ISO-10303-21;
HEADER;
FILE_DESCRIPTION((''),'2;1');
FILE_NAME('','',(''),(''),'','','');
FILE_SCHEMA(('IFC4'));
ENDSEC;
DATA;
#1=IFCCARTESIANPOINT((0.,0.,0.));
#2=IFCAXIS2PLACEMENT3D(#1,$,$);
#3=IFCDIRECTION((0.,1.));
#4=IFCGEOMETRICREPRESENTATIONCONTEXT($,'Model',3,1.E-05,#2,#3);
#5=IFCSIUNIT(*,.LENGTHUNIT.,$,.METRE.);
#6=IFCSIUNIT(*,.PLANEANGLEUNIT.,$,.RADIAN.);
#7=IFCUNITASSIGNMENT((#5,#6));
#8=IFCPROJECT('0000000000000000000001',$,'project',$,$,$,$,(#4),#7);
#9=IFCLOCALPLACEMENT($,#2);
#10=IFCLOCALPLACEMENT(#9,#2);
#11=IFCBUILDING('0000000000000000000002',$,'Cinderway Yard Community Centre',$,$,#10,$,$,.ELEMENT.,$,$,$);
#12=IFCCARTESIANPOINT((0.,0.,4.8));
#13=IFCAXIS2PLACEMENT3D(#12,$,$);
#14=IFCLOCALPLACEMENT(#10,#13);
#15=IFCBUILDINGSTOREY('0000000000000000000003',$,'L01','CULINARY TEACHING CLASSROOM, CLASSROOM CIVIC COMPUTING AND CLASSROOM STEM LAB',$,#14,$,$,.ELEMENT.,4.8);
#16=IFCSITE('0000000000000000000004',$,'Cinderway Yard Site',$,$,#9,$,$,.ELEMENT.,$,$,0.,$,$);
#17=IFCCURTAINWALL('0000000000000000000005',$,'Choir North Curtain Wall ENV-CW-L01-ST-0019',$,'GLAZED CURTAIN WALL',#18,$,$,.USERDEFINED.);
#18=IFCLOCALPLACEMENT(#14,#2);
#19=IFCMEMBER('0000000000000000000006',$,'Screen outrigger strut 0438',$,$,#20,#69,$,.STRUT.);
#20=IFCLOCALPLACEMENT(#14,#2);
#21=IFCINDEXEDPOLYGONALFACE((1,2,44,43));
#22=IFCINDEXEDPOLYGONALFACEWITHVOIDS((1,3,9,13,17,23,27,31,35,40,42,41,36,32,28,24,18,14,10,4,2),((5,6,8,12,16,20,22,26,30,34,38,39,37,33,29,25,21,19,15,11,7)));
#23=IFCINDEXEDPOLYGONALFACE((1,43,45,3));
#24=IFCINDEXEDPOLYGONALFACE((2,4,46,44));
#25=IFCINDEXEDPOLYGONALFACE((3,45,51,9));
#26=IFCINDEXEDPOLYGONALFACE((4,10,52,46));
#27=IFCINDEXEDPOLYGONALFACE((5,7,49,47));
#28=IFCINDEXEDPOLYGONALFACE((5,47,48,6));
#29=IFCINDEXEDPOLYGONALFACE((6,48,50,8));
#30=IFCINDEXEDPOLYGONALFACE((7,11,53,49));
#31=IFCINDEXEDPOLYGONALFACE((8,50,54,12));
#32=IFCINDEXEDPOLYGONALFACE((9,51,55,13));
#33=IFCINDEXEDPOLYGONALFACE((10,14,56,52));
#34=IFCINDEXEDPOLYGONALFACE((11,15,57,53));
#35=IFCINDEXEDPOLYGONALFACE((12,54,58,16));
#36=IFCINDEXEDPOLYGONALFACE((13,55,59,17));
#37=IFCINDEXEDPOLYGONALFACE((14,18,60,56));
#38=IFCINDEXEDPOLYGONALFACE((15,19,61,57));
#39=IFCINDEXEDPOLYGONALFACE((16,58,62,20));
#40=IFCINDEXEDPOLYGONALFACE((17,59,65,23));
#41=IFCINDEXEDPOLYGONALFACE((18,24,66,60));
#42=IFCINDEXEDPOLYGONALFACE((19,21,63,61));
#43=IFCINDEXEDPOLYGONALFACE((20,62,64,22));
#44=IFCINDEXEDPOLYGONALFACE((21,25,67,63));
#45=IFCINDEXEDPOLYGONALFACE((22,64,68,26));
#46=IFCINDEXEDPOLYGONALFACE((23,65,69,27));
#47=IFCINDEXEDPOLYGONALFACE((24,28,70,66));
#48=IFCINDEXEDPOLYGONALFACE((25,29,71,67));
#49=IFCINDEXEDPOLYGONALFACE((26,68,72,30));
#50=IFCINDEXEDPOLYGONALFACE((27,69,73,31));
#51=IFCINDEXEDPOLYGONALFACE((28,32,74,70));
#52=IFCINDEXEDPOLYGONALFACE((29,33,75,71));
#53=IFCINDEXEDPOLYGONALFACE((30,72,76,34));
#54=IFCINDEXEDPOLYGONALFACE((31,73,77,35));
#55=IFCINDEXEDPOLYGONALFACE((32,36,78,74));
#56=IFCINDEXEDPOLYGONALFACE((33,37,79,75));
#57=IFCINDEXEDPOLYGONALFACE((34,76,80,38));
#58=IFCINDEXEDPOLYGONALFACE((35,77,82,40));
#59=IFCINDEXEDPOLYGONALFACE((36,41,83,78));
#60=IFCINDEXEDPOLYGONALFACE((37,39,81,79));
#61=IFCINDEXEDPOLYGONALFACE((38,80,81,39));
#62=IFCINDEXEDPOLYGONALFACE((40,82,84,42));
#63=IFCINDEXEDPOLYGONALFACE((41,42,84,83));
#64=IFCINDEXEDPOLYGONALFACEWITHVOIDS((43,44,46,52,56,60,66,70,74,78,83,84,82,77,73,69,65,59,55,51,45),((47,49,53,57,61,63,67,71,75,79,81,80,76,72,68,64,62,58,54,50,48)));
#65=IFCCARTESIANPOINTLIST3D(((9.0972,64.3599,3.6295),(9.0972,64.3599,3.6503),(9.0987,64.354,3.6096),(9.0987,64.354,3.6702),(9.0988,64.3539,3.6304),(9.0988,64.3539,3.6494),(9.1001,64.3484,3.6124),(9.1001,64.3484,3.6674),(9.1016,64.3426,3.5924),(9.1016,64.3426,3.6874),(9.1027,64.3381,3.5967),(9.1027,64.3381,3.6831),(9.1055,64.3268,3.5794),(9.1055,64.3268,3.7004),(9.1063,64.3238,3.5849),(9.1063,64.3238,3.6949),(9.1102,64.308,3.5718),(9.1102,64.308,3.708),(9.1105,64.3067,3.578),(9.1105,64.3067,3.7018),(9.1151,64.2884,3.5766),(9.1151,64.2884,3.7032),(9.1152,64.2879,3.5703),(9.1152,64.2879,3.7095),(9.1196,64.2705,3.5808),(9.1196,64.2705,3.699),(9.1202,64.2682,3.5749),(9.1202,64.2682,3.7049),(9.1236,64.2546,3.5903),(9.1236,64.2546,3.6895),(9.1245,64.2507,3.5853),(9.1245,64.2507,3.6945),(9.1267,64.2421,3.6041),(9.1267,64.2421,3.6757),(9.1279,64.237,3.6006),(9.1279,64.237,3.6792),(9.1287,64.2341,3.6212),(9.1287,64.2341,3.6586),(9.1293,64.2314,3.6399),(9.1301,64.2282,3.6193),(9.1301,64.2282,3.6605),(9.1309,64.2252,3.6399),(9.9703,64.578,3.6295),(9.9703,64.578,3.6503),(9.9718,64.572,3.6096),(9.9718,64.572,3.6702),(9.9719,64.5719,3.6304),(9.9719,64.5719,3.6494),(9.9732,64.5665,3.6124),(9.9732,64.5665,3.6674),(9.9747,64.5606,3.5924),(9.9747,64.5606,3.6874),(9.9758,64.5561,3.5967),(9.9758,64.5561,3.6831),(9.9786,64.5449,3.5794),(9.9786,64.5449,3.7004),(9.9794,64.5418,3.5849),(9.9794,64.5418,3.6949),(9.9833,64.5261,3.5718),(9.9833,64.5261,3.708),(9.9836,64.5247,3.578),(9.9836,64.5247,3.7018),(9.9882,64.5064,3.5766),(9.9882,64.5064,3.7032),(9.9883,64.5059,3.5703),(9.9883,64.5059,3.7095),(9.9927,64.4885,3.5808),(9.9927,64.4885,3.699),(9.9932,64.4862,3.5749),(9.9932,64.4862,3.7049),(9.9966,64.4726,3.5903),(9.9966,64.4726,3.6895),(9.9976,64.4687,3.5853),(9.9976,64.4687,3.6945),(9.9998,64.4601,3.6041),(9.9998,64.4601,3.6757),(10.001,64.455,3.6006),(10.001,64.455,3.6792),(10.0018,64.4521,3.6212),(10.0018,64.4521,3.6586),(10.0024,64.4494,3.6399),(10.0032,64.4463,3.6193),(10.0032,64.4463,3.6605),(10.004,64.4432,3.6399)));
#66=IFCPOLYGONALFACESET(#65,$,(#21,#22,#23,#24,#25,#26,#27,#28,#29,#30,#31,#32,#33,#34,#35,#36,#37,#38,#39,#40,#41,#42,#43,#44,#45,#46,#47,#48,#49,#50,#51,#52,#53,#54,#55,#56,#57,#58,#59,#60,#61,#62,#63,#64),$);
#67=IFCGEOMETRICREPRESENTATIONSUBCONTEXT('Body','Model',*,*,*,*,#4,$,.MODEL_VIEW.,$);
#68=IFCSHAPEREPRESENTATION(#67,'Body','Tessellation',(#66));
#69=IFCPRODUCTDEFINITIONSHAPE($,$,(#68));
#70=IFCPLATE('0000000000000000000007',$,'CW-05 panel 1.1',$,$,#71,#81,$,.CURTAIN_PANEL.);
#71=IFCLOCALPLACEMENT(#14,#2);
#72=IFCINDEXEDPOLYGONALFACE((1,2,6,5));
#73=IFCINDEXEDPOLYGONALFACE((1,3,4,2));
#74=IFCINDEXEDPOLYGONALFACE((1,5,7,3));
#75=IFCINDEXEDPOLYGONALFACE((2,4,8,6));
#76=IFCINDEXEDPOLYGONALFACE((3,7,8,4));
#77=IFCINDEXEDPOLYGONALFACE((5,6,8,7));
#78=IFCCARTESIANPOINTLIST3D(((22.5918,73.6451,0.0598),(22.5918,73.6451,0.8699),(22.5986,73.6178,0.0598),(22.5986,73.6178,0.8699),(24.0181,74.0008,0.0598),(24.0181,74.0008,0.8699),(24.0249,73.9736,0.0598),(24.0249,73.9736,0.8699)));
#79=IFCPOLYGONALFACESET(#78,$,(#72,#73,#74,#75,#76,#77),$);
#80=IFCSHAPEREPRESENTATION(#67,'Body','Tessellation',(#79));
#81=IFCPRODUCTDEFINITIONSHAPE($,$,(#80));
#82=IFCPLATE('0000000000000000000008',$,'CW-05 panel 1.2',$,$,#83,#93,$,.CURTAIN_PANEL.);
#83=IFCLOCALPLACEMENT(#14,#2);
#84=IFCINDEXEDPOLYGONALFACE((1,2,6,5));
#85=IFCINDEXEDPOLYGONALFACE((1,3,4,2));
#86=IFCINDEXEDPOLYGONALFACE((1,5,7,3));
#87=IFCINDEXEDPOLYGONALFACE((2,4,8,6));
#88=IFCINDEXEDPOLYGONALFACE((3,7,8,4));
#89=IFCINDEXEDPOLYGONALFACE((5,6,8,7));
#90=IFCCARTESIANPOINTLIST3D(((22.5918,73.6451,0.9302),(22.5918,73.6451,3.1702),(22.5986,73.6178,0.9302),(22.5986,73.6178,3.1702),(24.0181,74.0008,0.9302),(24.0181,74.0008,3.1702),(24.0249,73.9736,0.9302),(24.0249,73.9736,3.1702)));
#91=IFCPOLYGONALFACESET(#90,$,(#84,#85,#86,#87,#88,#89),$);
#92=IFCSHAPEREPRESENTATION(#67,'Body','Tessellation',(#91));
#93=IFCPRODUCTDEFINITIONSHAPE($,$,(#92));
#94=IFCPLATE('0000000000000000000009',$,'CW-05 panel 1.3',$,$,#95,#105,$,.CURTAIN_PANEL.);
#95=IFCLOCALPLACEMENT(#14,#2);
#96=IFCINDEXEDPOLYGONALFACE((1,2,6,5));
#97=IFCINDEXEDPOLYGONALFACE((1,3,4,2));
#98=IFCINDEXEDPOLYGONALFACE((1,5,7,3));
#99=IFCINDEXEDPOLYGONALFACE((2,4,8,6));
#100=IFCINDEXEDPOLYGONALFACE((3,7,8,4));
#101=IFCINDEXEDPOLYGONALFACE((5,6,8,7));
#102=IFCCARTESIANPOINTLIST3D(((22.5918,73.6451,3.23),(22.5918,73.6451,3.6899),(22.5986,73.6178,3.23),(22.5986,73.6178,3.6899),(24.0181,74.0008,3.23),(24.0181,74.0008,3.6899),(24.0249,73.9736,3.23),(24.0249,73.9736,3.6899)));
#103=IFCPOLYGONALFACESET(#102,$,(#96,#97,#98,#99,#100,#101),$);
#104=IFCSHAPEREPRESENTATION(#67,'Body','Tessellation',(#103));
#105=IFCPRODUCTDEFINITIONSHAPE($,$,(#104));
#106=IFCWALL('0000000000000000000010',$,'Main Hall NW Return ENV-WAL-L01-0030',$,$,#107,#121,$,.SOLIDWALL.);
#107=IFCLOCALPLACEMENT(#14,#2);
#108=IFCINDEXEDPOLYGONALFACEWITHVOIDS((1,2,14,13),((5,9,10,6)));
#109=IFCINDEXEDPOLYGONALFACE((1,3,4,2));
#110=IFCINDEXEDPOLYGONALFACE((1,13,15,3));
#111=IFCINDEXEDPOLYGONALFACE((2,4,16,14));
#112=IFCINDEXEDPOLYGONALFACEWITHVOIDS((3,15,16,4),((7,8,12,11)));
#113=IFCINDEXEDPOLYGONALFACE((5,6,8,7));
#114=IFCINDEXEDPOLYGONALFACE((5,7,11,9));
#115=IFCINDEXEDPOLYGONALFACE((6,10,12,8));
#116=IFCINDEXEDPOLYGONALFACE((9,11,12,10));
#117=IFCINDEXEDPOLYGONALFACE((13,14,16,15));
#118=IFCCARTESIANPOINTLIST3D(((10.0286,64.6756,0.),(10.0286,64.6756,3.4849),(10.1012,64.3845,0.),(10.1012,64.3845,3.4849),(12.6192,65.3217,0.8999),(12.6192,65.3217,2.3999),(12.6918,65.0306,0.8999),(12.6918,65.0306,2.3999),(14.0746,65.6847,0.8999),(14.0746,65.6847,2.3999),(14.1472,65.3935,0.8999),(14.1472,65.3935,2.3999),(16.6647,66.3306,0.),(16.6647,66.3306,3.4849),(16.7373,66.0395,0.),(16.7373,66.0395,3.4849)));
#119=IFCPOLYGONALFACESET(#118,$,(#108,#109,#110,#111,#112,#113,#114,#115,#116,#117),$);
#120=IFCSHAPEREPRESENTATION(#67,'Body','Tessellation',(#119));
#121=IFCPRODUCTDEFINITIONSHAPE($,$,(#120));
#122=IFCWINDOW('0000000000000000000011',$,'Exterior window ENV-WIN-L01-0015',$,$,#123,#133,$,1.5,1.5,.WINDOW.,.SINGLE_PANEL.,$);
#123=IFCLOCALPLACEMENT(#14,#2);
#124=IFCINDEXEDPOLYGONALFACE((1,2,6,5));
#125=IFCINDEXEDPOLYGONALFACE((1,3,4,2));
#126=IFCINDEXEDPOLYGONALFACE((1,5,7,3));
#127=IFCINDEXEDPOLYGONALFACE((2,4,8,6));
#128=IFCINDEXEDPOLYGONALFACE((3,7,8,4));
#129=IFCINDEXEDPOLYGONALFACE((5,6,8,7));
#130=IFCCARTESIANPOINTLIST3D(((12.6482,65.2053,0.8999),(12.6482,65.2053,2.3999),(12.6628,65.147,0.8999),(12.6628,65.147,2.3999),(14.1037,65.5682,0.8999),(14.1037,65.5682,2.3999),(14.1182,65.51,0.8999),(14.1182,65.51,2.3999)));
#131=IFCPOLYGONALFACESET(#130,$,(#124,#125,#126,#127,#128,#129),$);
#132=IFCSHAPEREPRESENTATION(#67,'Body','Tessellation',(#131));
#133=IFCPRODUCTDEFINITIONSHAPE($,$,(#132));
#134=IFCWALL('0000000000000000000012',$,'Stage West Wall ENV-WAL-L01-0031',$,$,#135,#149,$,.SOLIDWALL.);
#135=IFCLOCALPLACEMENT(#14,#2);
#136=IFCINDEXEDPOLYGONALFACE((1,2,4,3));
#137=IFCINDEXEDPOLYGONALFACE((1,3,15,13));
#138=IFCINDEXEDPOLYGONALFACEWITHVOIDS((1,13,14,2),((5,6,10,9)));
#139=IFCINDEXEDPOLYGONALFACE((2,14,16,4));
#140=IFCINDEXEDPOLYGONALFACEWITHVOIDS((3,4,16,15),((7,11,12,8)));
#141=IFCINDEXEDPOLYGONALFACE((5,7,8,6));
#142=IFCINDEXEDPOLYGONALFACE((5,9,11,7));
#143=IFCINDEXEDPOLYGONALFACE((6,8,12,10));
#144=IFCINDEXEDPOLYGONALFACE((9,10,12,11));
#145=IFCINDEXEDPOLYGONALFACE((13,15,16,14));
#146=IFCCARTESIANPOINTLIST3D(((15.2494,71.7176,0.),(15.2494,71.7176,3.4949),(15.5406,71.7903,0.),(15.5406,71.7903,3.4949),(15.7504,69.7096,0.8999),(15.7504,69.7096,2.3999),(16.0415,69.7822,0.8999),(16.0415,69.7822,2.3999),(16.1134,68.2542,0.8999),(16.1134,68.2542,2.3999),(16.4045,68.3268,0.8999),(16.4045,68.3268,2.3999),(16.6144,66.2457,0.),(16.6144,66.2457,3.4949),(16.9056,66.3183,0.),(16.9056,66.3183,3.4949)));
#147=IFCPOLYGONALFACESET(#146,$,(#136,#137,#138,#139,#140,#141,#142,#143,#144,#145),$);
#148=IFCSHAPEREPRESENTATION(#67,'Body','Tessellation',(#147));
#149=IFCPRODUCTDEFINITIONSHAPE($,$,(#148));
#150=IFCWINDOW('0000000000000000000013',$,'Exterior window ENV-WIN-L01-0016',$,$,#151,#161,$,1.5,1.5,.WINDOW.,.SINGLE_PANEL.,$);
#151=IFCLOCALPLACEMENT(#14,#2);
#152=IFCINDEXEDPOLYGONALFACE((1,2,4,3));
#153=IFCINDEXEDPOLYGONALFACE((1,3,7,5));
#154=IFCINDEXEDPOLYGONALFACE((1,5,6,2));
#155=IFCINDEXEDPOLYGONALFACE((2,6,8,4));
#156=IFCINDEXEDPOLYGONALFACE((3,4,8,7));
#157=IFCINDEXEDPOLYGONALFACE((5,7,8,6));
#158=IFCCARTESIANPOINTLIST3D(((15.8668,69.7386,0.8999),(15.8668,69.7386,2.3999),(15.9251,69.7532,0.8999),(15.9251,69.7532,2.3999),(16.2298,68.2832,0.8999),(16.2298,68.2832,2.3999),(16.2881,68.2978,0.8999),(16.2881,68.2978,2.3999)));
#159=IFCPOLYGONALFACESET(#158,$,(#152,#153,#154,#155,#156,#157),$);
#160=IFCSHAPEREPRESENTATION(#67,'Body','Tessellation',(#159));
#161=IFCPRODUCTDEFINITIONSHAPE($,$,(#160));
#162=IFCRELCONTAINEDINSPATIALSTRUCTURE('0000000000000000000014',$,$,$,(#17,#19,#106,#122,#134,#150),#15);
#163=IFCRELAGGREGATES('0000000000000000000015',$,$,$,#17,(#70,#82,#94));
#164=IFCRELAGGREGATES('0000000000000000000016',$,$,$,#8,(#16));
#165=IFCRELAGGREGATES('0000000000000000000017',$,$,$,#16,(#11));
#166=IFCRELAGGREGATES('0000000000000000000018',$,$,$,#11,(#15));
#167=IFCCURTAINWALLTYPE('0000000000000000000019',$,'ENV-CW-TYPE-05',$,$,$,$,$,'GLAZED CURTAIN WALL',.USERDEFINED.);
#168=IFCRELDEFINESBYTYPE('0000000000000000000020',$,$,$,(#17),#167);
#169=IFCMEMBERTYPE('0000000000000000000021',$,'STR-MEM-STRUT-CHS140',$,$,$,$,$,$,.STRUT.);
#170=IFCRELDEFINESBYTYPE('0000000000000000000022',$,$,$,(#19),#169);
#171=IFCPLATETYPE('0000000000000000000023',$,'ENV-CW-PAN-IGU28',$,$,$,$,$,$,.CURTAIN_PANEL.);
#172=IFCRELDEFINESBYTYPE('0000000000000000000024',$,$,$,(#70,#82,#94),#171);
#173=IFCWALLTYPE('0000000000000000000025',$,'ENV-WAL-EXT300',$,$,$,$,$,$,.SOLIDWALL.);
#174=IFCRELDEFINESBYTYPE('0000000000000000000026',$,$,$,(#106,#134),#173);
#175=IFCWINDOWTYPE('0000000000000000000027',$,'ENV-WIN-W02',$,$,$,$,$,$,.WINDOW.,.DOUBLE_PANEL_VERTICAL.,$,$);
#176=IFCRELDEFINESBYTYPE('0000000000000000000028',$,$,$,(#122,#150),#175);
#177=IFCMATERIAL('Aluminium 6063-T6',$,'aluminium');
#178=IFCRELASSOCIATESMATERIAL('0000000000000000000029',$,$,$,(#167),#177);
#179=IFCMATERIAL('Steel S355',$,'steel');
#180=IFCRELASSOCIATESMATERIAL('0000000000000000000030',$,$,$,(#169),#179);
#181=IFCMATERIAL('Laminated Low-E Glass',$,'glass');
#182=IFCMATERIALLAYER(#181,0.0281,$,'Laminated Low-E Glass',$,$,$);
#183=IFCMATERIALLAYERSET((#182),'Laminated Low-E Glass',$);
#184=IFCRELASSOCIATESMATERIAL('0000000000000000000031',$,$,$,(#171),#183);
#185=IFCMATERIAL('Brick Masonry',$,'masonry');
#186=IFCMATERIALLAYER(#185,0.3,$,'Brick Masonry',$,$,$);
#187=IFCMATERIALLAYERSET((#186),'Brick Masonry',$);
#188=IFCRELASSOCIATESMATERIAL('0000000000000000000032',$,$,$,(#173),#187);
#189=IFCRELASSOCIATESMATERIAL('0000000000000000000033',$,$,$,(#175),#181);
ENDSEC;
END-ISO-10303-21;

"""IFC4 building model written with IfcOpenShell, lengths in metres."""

from ifc_helpers import new_model, si_unit, direction, frame, frame_2d, origin, origin_2d, place, context, subcontext, project, spatial, rectangle, hollow_circle, extrude, material, layer, layer_set, material_profile, profile_set, type_object, element, fill, aggregate, save


model = new_model("IFC4")

# Units and contexts
model_context = context("Model", 3, precision=1e-05, world=origin(), true_north=direction((0.0, 1.0)))
body_context = subcontext(model_context, "Body", "Model", "MODEL_VIEW")
ifc_project = project(units=[si_unit("LENGTHUNIT", "METRE"), si_unit("PLANEANGLEUNIT", "RADIAN")], contexts=[model_context])

# Site, building, storey
site_placement = place(None, origin())
site = spatial("IfcSite", under=ifc_project, at=site_placement, Name="Cinderway Yard Site", CompositionType="ELEMENT", RefElevation=0.0)
building_placement = place(site_placement, origin())
building = spatial("IfcBuilding", under=site, at=building_placement, Name="Cinderway Yard Community Centre", CompositionType="ELEMENT")
storey_placement = place(building_placement, frame((0.0, 0.0, 4.8)))
storey = spatial("IfcBuildingStorey", under=building, at=storey_placement, Name="L01", Description="CULINARY TEACHING CLASSROOM, CLASSROOM CIVIC COMPUTING AND CLASSROOM STEM LAB", CompositionType="ELEMENT", Elevation=4.8)

# Curtain wall
ifc_material_1 = material(Name="Aluminium 6063-T6", Category="aluminium")
curtain_wall_type = type_object("IfcCurtainWallType", Name="ENV-CW-TYPE-05", ElementType="GLAZED CURTAIN WALL", PredefinedType="USERDEFINED", material=ifc_material_1)
curtain_wall_placement = place(storey_placement, origin())
curtain_wall = element("IfcCurtainWall", 1, at=curtain_wall_placement, inside=storey, type_object=curtain_wall_type, Name="Choir North Curtain Wall ENV-CW-L01-ST-0019", ObjectType="GLAZED CURTAIN WALL", PredefinedType="USERDEFINED")

# Member
ifc_material_2 = material(Name="Steel S355", Category="steel")
ifc_material_profile_1 = material_profile(ifc_material_2, hollow_circle(Radius=0.0698, WallThickness=0.0063, at=origin_2d()), Name="Steel S355")
ifc_profile_set_1 = profile_set([ifc_material_profile_1], Name="Steel S355")
member_type_1 = type_object("IfcMemberType", Name="STR-MEM-STRUT-CHS140", PredefinedType="STRUT", material=ifc_profile_set_1)
for number, where, z_axis, x_axis, name in (
    (2, (9.9871, 64.511, 3.6399), (-0.970206, -0.24228, 0.0), (0.24228, -0.970206, 0.0), "Screen outrigger strut 0438"),
):
    element("IfcMember", number, at=place(storey_placement, frame(where, z_axis=z_axis, x_axis=x_axis)), inside=storey, type_object=member_type_1, Name=name, PredefinedType="STRUT", context=body_context, shape_type="SweptSolid", body=[
        extrude(hollow_circle(Radius=0.0698, WallThickness=0.0063, at=origin_2d()), origin(), (0.0, 0.0, 1.0), 0.8999),
    ])

# Plates
ifc_material_3 = material(Name="Laminated Low-E Glass", Category="glass")
ifc_layer_1 = layer(ifc_material_3, 0.0281, Name="Laminated Low-E Glass")
ifc_layer_set_1 = layer_set([ifc_layer_1], Name="Laminated Low-E Glass")
plate_type = type_object("IfcPlateType", Name="ENV-CW-PAN-IGU28", PredefinedType="CURTAIN_PANEL", material=ifc_layer_set_1)
plate_1_placement = place(storey_placement, frame((23.3083, 73.8093, 0.0598), z_axis=(0.0, 0.0, 1.0), x_axis=(0.970274, 0.242008, 0.0)))
plate_1 = element("IfcPlate", 3, at=plate_1_placement, type_object=plate_type, Name="CW-05 panel 1.1", PredefinedType="CURTAIN_PANEL", context=body_context, shape_type="SweptSolid", body=[
    extrude(rectangle(XDim=1.47, YDim=0.0281, at=origin_2d()), origin(), (0.0, 0.0, 1.0), 0.8101),
])
plate_2_placement = place(storey_placement, frame((23.3083, 73.8093, 0.9302), z_axis=(0.0, 0.0, 1.0), x_axis=(0.970274, 0.242008, 0.0)))
plate_2 = element("IfcPlate", 4, at=plate_2_placement, type_object=plate_type, Name="CW-05 panel 1.2", PredefinedType="CURTAIN_PANEL", context=body_context, shape_type="SweptSolid", body=[
    extrude(rectangle(XDim=1.47, YDim=0.0281, at=origin_2d()), origin(), (0.0, 0.0, 1.0), 2.24),
])
plate_3_placement = place(storey_placement, frame((23.3083, 73.8093, 3.23), z_axis=(0.0, 0.0, 1.0), x_axis=(0.970274, 0.242008, 0.0)))
plate_3 = element("IfcPlate", 5, at=plate_3_placement, type_object=plate_type, Name="CW-05 panel 1.3", PredefinedType="CURTAIN_PANEL", context=body_context, shape_type="SweptSolid", body=[
    extrude(rectangle(XDim=1.47, YDim=0.0281, at=origin_2d()), origin(), (0.0, 0.0, 1.0), 0.46),
])
aggregate(curtain_wall, [plate_1, plate_2, plate_3])

# Walls, openings, windows
ifc_material_4 = material(Name="Brick Masonry", Category="masonry")
ifc_layer_2 = layer(ifc_material_4, 0.3, Name="Brick Masonry")
ifc_layer_set_2 = layer_set([ifc_layer_2], Name="Brick Masonry")
wall_type = type_object("IfcWallType", Name="ENV-WAL-EXT300", PredefinedType="SOLIDWALL", material=ifc_layer_set_2)
wall_1_placement = place(storey_placement, frame((10.0649, 64.53, 0.0), z_axis=(0.0, 0.0, 1.0), x_axis=(0.970279, 0.24199, 0.0)))
wall_1 = element("IfcWall", 6, at=wall_1_placement, inside=storey, type_object=wall_type, Name="Main Hall NW Return ENV-WAL-L01-0030", PredefinedType="SOLIDWALL", context=body_context, shape_type="SweptSolid", body=[
    extrude(rectangle(XDim=6.8394, YDim=0.3, at=frame_2d((3.4197, 0.0))), origin(), (0.0, 0.0, 1.0), 3.4849),
])
opening_1_placement = place(wall_1_placement, frame((2.6699, 0.0, 0.8999)))
opening_1 = element("IfcOpeningElement", 7, at=opening_1_placement, cuts=wall_1, PredefinedType="OPENING", context=body_context, shape_type="SweptSolid", body=[
    extrude(rectangle(XDim=1.5, YDim=1.5, at=frame_2d((0.75, 0.75))), frame((0.0, 0.1599, 0.0), z_axis=(0.0, -1.0, 0.0), x_axis=(1.0, 0.0, 0.0)), (0.0, 0.0, 1.0), 0.3201),
])
window_type_1 = type_object("IfcWindowType", Name="ENV-WIN-W02", PartitioningType="DOUBLE_PANEL_VERTICAL", PredefinedType="WINDOW", material=ifc_material_3)
window_1_placement = place(opening_1_placement, origin())
window_1 = element("IfcWindow", 8, at=window_1_placement, inside=storey, type_object=window_type_1, Name="Exterior window ENV-WIN-L01-0015", OverallHeight=1.5, OverallWidth=1.5, PartitioningType="SINGLE_PANEL", PredefinedType="WINDOW", context=body_context, shape_type="SweptSolid", body=[
    extrude(rectangle(XDim=1.5, YDim=1.5, at=frame_2d((0.75, 0.75))), frame((0.0, 0.03, 0.0), z_axis=(0.0, -1.0, 0.0), x_axis=(1.0, 0.0, 0.0)), (0.0, 0.0, 1.0), 0.0601),
])
fill(opening_1, window_1)
wall_2_placement = place(storey_placement, frame((16.76, 66.282, 0.0), z_axis=(0.0, 0.0, 1.0), x_axis=(-0.242036, 0.970267, 0.0)))
wall_2 = element("IfcWall", 9, at=wall_2_placement, inside=storey, type_object=wall_type, Name="Stage West Wall ENV-WAL-L01-0031", PredefinedType="SOLIDWALL", context=body_context, shape_type="SweptSolid", body=[
    extrude(rectangle(XDim=5.6396, YDim=0.3, at=frame_2d((2.8198, 0.0))), origin(), (0.0, 0.0, 1.0), 3.4949),
])
opening_2_placement = place(wall_2_placement, frame((2.0701, 0.0, 0.8999)))
opening_2 = element("IfcOpeningElement", 10, at=opening_2_placement, cuts=wall_2, PredefinedType="OPENING", context=body_context, shape_type="SweptSolid", body=[
    extrude(rectangle(XDim=1.5, YDim=1.5, at=frame_2d((0.75, 0.75))), frame((0.0, 0.1599, 0.0), z_axis=(0.0, -1.0, 0.0), x_axis=(1.0, 0.0, 0.0)), (0.0, 0.0, 1.0), 0.3201),
])
window_2_placement = place(opening_2_placement, origin())
window_2 = element("IfcWindow", 11, at=window_2_placement, inside=storey, type_object=window_type_1, Name="Exterior window ENV-WIN-L01-0016", OverallHeight=1.5, OverallWidth=1.5, PartitioningType="SINGLE_PANEL", PredefinedType="WINDOW", context=body_context, shape_type="SweptSolid", body=[
    extrude(rectangle(XDim=1.5, YDim=1.5, at=frame_2d((0.75, 0.75))), frame((0.0, 0.03, 0.0), z_axis=(0.0, -1.0, 0.0), x_axis=(1.0, 0.0, 0.0)), (0.0, 0.0, 1.0), 0.0601),
])
fill(opening_2, window_2)

save(model, "model.ifc")
